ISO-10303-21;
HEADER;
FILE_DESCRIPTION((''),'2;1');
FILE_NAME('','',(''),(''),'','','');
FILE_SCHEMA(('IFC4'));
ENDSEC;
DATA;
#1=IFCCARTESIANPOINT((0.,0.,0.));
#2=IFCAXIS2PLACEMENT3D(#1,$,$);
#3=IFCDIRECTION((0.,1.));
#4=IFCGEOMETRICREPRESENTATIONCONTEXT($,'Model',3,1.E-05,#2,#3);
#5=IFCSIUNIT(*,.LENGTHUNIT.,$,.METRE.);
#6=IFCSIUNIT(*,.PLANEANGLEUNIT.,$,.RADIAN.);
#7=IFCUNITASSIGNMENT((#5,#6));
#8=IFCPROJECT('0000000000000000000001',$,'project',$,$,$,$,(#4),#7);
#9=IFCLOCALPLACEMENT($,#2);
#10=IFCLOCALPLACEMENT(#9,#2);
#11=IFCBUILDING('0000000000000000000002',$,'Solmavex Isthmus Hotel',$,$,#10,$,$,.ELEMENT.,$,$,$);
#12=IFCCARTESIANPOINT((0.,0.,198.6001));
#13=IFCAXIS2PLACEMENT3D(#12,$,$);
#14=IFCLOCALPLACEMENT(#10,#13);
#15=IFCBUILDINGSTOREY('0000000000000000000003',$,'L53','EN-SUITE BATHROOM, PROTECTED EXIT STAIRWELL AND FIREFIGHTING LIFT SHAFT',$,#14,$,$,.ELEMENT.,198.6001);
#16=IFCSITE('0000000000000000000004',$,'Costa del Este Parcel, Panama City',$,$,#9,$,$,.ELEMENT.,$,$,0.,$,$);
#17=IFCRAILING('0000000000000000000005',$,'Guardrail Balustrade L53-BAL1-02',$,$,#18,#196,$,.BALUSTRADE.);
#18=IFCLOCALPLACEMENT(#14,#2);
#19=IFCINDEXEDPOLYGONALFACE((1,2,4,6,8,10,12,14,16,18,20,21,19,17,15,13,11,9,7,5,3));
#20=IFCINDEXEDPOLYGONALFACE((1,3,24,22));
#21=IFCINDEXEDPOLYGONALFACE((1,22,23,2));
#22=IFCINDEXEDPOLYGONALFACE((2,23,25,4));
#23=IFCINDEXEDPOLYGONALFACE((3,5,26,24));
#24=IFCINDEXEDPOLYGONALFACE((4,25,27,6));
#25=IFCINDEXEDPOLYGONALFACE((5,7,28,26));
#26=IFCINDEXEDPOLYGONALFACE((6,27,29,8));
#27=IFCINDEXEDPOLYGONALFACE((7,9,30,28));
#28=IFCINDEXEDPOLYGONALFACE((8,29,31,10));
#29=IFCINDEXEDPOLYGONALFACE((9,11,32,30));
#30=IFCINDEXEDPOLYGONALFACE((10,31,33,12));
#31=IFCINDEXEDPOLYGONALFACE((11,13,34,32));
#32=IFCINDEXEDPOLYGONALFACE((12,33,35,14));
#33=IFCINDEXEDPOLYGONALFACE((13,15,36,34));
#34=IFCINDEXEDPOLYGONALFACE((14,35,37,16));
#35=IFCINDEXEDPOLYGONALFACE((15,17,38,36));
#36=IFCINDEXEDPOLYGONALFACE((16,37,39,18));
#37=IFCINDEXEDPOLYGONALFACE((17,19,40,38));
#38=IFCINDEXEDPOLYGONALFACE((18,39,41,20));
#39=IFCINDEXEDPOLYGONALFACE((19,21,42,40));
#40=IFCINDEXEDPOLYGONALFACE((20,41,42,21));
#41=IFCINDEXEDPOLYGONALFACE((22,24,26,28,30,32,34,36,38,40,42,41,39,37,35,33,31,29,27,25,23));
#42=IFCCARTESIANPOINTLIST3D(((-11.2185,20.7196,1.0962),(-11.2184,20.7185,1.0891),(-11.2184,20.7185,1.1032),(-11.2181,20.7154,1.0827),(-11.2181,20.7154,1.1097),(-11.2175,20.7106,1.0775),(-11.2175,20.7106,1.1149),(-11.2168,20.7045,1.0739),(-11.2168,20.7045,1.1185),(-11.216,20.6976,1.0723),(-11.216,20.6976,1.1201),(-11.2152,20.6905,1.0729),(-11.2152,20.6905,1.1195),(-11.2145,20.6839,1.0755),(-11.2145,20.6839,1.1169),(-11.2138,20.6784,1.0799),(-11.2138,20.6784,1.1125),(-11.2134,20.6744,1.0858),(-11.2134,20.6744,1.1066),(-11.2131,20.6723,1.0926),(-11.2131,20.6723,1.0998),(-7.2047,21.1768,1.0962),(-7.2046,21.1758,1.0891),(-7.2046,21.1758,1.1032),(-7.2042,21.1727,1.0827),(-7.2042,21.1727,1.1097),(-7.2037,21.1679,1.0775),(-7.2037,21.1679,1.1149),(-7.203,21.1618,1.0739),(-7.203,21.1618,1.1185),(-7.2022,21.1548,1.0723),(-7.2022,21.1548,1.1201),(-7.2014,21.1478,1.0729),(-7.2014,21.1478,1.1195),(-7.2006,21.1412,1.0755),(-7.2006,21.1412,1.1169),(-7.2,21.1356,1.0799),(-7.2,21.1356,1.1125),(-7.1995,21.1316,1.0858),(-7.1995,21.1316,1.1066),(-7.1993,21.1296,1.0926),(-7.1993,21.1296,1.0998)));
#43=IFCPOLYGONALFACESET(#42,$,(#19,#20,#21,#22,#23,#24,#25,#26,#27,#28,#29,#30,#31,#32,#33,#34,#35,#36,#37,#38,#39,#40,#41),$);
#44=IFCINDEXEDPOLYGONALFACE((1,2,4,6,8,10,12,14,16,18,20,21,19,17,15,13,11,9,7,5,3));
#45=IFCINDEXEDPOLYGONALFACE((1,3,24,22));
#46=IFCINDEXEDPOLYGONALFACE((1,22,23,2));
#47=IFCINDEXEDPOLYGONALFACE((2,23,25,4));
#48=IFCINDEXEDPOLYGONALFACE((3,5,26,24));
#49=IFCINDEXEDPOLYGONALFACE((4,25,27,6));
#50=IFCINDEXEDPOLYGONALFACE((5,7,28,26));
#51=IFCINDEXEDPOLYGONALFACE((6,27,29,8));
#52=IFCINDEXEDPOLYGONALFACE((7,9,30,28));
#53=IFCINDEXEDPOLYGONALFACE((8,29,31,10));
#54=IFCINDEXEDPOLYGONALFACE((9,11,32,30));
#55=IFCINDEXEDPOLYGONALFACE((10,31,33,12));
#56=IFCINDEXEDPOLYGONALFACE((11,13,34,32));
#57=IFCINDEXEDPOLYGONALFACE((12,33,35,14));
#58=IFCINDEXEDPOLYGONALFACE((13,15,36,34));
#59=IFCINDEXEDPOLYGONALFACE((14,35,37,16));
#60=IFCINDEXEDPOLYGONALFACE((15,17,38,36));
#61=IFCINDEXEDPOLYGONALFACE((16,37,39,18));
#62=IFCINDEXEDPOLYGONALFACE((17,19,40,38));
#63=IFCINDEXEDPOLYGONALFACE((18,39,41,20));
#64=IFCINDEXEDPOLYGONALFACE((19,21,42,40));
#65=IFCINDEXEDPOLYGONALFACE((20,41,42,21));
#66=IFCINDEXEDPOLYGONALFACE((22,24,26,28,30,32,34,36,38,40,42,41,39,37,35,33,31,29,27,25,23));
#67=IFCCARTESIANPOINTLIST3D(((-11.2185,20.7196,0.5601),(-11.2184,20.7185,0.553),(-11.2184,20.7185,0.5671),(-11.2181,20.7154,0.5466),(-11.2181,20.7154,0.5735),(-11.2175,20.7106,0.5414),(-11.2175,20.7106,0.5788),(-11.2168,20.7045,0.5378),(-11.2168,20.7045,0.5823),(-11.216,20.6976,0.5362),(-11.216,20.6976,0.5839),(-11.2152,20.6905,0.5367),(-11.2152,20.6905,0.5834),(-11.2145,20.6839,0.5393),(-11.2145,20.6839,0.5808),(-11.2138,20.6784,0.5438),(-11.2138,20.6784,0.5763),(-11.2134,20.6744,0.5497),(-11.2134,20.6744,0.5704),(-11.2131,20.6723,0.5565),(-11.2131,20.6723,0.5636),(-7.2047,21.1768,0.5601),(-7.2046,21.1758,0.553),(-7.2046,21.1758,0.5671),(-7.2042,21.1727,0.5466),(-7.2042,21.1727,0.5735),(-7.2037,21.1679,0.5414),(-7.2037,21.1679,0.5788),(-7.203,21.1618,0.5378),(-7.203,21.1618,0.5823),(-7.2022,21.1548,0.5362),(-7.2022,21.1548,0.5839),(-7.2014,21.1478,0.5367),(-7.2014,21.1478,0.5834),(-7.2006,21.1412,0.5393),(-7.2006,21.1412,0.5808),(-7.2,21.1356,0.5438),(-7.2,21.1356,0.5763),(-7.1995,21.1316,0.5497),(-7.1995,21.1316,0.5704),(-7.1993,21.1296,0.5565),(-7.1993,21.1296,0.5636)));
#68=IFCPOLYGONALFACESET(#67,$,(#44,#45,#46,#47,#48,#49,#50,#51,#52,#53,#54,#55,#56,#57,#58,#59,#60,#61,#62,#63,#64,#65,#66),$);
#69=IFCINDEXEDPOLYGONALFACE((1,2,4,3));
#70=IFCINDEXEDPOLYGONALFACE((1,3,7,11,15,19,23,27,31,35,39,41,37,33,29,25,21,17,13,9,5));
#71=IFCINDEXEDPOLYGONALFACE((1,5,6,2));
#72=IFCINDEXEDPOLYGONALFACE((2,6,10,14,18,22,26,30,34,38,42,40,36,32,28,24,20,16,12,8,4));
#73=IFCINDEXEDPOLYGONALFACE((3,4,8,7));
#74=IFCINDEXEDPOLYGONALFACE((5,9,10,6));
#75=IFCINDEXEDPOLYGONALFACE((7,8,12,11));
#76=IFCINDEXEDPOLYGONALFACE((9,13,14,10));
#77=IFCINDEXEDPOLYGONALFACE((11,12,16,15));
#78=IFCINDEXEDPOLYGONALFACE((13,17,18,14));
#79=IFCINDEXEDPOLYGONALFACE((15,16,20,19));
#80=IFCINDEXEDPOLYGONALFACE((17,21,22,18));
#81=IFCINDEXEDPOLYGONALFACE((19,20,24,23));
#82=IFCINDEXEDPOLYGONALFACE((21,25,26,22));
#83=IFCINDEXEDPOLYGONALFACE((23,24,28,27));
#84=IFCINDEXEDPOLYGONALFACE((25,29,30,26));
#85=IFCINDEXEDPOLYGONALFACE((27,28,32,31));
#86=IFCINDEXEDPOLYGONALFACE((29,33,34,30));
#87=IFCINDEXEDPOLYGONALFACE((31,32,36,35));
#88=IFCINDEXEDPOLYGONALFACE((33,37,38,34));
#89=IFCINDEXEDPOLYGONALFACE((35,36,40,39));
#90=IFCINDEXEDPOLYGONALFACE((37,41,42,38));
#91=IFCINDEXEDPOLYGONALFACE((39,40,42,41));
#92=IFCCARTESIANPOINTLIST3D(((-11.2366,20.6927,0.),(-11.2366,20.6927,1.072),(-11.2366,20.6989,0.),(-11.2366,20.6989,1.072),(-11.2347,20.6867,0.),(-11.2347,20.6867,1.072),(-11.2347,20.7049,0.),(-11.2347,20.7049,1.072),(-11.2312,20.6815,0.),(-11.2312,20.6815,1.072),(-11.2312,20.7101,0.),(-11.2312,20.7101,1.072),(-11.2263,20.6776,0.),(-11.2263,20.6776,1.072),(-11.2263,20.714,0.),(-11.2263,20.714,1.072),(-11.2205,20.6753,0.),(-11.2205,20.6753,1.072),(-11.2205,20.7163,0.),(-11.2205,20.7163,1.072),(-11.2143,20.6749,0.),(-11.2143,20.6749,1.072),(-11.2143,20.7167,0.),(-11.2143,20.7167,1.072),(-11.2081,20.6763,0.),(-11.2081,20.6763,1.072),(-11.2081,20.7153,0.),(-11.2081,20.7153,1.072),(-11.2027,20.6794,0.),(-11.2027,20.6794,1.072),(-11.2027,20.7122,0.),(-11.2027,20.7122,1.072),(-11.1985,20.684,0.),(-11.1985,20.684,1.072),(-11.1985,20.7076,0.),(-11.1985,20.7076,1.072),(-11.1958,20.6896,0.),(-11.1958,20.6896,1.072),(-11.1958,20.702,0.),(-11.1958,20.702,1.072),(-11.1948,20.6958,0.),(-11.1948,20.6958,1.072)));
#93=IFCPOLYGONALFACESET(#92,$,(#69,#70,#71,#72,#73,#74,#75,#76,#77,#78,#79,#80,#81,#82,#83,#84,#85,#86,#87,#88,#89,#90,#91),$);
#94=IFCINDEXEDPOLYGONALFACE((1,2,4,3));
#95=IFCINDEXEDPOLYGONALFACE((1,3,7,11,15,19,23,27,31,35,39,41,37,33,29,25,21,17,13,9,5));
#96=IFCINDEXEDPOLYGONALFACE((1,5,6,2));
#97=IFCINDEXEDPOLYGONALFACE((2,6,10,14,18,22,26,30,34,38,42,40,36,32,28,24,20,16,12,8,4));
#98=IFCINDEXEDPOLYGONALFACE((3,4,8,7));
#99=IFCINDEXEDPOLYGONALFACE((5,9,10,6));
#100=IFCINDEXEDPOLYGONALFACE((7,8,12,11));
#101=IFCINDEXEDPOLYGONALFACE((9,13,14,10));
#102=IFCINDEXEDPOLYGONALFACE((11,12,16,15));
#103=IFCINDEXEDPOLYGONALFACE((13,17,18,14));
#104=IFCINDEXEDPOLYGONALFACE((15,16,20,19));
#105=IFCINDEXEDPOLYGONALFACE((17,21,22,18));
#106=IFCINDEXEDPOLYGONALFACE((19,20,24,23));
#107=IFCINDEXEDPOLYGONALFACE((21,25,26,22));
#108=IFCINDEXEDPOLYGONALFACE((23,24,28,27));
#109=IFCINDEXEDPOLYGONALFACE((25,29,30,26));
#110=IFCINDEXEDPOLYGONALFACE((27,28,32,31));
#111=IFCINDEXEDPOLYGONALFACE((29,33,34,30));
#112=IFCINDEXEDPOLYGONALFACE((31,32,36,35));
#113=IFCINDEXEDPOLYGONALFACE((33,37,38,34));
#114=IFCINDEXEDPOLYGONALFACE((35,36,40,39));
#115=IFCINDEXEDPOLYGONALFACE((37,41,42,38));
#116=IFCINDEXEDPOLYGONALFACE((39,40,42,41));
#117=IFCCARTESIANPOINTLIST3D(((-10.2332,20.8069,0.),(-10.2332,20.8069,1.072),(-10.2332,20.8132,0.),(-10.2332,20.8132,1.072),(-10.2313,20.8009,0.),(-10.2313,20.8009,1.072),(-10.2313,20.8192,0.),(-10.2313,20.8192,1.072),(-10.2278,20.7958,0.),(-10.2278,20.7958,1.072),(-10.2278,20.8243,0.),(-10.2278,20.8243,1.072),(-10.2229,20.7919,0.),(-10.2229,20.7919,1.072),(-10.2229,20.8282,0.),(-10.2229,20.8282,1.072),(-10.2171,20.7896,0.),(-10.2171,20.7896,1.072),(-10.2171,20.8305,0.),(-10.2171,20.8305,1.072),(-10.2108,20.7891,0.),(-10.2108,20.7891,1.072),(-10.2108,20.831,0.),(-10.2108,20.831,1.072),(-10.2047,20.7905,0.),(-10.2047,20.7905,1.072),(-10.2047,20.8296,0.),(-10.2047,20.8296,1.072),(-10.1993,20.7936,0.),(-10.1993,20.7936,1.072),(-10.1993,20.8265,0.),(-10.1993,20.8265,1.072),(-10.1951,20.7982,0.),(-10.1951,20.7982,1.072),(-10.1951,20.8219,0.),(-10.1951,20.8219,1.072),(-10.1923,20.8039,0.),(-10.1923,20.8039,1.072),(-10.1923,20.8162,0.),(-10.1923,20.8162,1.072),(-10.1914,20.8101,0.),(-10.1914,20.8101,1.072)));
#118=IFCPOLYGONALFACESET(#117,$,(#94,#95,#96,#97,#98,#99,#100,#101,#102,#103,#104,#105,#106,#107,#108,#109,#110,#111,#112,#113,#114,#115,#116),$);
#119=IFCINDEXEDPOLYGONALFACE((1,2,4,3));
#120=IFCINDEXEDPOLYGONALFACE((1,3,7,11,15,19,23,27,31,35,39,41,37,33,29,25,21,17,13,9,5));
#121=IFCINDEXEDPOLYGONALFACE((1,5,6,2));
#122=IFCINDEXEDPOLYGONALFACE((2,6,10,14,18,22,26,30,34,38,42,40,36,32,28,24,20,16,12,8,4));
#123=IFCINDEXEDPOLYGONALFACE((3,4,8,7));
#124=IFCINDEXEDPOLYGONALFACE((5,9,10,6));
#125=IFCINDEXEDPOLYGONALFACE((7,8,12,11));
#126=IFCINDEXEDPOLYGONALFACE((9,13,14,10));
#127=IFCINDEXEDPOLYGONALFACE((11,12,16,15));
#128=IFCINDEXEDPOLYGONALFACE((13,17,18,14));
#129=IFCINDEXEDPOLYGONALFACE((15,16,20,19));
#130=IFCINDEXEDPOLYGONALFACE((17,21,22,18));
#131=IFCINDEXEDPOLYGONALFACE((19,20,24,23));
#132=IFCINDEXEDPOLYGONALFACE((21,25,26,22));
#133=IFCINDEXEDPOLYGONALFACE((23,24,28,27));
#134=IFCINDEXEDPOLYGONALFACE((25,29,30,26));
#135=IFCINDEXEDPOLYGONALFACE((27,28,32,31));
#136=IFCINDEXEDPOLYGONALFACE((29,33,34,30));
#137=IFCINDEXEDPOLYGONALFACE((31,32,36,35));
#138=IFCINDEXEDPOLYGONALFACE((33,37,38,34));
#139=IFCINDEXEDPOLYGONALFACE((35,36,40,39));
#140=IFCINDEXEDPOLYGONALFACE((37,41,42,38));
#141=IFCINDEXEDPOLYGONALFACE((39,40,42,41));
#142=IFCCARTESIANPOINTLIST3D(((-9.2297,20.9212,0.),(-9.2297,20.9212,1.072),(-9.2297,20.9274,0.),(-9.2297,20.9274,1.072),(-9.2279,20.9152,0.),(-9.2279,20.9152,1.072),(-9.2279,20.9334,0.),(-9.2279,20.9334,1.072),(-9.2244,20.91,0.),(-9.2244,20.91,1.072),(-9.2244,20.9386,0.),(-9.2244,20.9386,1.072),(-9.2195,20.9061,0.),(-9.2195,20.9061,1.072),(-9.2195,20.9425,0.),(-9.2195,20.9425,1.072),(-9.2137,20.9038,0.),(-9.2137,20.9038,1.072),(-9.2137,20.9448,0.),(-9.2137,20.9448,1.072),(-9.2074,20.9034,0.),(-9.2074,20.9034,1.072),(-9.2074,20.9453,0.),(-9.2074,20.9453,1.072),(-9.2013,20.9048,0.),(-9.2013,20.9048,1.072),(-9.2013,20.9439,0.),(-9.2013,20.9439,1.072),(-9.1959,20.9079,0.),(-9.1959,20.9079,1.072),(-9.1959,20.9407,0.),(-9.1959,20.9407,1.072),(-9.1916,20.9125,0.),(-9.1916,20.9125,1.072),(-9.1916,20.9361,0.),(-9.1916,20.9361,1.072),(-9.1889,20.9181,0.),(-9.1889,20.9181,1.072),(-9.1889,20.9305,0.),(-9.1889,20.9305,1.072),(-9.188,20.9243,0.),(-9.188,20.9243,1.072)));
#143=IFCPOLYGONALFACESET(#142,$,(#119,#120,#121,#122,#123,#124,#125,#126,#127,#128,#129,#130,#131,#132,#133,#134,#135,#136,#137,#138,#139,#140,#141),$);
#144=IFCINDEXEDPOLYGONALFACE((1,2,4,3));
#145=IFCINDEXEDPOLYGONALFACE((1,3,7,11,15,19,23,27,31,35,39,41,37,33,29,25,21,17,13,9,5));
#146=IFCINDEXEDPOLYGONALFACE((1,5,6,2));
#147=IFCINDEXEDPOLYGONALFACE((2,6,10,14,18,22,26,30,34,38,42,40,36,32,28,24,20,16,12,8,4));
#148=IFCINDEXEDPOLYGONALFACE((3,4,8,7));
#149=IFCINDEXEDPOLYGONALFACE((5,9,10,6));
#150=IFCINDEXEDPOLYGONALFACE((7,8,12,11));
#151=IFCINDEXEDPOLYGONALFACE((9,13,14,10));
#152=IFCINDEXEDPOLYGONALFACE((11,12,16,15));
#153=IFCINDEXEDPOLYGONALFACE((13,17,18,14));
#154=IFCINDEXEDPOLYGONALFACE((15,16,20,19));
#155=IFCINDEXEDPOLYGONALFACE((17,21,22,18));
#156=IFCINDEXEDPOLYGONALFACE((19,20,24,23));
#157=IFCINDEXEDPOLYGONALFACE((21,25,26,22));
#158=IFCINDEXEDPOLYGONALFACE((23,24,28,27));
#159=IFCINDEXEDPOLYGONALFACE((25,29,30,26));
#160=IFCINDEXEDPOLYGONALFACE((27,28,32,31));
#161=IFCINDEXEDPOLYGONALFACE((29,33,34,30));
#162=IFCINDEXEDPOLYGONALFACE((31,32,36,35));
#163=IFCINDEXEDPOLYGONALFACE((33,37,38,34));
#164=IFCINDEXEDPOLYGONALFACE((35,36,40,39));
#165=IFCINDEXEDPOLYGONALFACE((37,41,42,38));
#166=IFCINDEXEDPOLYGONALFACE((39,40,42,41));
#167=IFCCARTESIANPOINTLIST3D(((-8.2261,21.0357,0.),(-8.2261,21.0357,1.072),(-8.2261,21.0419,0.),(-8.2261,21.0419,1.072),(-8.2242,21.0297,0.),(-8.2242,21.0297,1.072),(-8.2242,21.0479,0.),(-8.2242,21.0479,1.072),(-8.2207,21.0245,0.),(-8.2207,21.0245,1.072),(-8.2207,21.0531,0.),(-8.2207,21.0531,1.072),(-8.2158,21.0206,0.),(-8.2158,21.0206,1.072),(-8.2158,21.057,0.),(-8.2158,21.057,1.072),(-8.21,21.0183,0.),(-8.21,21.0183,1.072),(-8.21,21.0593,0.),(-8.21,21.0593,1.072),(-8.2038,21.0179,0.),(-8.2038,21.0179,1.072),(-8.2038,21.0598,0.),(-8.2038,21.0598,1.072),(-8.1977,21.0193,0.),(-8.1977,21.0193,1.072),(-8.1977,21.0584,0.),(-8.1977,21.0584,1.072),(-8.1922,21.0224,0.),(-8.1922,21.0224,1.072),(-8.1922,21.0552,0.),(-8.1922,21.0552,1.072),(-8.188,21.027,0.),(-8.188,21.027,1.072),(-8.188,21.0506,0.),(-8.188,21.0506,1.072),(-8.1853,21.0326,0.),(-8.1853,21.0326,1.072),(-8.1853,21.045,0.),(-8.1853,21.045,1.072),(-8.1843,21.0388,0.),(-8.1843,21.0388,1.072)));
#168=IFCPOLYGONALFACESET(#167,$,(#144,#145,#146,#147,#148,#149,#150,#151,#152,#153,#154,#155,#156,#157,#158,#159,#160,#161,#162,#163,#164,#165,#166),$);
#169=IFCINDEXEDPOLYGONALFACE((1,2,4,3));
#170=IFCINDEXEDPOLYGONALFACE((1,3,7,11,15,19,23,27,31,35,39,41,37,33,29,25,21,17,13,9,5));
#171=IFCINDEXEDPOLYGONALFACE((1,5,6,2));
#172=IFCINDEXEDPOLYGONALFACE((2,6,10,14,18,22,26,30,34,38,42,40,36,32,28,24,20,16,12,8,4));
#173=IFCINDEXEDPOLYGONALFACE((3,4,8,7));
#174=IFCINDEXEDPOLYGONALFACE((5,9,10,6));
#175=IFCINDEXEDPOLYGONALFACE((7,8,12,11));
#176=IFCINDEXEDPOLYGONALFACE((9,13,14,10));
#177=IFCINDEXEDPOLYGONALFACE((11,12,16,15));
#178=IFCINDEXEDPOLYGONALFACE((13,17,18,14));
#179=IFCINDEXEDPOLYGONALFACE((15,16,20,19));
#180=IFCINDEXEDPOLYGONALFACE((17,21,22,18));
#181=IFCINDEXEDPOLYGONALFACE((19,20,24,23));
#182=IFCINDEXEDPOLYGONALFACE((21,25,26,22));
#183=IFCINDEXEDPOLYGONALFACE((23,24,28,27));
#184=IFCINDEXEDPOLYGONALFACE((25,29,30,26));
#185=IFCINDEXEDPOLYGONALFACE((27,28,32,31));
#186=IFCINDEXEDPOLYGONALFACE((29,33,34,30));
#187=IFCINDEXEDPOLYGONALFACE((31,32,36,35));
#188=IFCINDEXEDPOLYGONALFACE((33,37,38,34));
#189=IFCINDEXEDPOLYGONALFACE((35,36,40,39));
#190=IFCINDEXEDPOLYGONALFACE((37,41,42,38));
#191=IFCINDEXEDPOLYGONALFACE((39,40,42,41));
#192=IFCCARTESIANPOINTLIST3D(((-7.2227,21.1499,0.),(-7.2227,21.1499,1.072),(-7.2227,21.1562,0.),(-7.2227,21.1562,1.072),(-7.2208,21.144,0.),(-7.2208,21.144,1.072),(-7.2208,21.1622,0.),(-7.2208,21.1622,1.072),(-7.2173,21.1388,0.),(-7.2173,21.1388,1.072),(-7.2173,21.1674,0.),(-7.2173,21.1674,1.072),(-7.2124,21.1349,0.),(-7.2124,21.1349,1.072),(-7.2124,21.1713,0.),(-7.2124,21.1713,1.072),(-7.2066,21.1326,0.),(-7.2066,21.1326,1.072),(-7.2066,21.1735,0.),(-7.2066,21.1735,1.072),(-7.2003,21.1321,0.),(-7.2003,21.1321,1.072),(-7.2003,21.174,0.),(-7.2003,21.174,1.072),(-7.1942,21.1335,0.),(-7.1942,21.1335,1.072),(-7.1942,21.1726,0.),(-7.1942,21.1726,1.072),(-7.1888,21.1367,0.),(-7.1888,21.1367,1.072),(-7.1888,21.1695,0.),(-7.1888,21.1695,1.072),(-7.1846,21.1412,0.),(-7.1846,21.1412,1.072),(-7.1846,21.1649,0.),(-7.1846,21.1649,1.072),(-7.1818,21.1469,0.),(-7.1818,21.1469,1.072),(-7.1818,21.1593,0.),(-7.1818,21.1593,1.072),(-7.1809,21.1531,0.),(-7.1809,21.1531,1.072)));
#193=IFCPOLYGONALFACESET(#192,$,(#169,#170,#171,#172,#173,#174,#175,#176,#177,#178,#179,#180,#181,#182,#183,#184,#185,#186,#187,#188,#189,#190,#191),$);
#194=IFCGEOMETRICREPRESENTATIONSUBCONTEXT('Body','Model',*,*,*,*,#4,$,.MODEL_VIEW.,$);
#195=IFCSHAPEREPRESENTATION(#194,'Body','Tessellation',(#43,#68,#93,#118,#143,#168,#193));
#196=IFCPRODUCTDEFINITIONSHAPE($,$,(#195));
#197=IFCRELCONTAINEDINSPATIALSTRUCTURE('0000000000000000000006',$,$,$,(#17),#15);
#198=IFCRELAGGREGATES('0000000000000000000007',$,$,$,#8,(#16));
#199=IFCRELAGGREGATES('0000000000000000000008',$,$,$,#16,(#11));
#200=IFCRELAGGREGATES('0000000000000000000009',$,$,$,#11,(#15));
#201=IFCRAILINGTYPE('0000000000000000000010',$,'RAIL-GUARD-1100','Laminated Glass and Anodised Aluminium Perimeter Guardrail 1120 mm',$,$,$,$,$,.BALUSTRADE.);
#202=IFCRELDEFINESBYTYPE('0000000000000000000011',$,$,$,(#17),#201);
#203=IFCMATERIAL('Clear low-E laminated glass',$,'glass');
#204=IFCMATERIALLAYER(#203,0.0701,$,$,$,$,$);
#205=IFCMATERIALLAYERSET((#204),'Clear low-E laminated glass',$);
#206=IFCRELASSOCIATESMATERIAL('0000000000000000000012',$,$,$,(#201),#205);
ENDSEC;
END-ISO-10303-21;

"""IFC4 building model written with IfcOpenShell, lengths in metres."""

from ifc_helpers import new_model, si_unit, direction, frame, origin, origin_2d, place, context, subcontext, project, spatial, circle, extrude, material, layer, layer_set, type_object, element, save


model = new_model("IFC4")

# Units and contexts
model_context = context("Model", 3, precision=1e-05, world=origin(), true_north=direction((0.0, 1.0)))
body_context = subcontext(model_context, "Body", "Model", "MODEL_VIEW")
ifc_project = project(units=[si_unit("LENGTHUNIT", "METRE"), si_unit("PLANEANGLEUNIT", "RADIAN")], contexts=[model_context])

# Site, building, storey
site_placement = place(None, origin())
site = spatial("IfcSite", under=ifc_project, at=site_placement, Name="Costa del Este Parcel, Panama City", CompositionType="ELEMENT", RefElevation=0.0)
building_placement = place(site_placement, origin())
building = spatial("IfcBuilding", under=site, at=building_placement, Name="Solmavex Isthmus Hotel", CompositionType="ELEMENT")
storey_placement = place(building_placement, frame((0.0, 0.0, 198.6001)))
storey = spatial("IfcBuildingStorey", under=building, at=storey_placement, Name="L53", Description="EN-SUITE BATHROOM, PROTECTED EXIT STAIRWELL AND FIREFIGHTING LIFT SHAFT", CompositionType="ELEMENT", Elevation=198.6001)

# Shared definitions
ifc_material_1 = material(Name="Clear low-E laminated glass", Category="glass")

# Railing
ifc_layer_1 = layer(ifc_material_1, 0.0701)
ifc_layer_set_1 = layer_set([ifc_layer_1], Name="Clear low-E laminated glass")
railing_type = type_object("IfcRailingType", Name="RAIL-GUARD-1100", Description="Laminated Glass and Anodised Aluminium Perimeter Guardrail 1120 mm", PredefinedType="BALUSTRADE", material=ifc_layer_set_1)
railing_1_placement = place(storey_placement, frame((-11.2158, 20.6958, 0.0)))
element("IfcRailing", 1, at=railing_1_placement, inside=storey, type_object=railing_type, Name="Guardrail Balustrade L53-BAL1-02", PredefinedType="BALUSTRADE", context=body_context, shape_type="SweptSolid", body=[
    extrude(circle(Radius=0.0239, at=origin_2d()), frame((0.0, 0.0, 1.0962), z_axis=(0.993573, 0.11319, 0.0), x_axis=(-0.11319, 0.993573, 0.0)), (0.0, 0.0, 1.0), 4.0398),
    extrude(circle(Radius=0.0239, at=origin_2d()), frame((0.0, 0.0, 0.5601), z_axis=(0.993573, 0.11319, 0.0), x_axis=(-0.11319, 0.993573, 0.0)), (0.0, 0.0, 1.0), 4.0398),
    extrude(circle(Radius=0.021, at=origin_2d()), origin(), (0.0, 0.0, 1.0), 1.072),
    extrude(circle(Radius=0.021, at=origin_2d()), frame((1.0034, 0.1143, 0.0)), (0.0, 0.0, 1.0), 1.072),
    extrude(circle(Radius=0.021, at=origin_2d()), frame((2.0068, 0.2285, 0.0)), (0.0, 0.0, 1.0), 1.072),
    extrude(circle(Radius=0.021, at=origin_2d()), frame((3.0105, 0.343, 0.0)), (0.0, 0.0, 1.0), 1.072),
    extrude(circle(Radius=0.021, at=origin_2d()), frame((4.0139, 0.4573, 0.0)), (0.0, 0.0, 1.0), 1.072),
])

save(model, "model.ifc")
